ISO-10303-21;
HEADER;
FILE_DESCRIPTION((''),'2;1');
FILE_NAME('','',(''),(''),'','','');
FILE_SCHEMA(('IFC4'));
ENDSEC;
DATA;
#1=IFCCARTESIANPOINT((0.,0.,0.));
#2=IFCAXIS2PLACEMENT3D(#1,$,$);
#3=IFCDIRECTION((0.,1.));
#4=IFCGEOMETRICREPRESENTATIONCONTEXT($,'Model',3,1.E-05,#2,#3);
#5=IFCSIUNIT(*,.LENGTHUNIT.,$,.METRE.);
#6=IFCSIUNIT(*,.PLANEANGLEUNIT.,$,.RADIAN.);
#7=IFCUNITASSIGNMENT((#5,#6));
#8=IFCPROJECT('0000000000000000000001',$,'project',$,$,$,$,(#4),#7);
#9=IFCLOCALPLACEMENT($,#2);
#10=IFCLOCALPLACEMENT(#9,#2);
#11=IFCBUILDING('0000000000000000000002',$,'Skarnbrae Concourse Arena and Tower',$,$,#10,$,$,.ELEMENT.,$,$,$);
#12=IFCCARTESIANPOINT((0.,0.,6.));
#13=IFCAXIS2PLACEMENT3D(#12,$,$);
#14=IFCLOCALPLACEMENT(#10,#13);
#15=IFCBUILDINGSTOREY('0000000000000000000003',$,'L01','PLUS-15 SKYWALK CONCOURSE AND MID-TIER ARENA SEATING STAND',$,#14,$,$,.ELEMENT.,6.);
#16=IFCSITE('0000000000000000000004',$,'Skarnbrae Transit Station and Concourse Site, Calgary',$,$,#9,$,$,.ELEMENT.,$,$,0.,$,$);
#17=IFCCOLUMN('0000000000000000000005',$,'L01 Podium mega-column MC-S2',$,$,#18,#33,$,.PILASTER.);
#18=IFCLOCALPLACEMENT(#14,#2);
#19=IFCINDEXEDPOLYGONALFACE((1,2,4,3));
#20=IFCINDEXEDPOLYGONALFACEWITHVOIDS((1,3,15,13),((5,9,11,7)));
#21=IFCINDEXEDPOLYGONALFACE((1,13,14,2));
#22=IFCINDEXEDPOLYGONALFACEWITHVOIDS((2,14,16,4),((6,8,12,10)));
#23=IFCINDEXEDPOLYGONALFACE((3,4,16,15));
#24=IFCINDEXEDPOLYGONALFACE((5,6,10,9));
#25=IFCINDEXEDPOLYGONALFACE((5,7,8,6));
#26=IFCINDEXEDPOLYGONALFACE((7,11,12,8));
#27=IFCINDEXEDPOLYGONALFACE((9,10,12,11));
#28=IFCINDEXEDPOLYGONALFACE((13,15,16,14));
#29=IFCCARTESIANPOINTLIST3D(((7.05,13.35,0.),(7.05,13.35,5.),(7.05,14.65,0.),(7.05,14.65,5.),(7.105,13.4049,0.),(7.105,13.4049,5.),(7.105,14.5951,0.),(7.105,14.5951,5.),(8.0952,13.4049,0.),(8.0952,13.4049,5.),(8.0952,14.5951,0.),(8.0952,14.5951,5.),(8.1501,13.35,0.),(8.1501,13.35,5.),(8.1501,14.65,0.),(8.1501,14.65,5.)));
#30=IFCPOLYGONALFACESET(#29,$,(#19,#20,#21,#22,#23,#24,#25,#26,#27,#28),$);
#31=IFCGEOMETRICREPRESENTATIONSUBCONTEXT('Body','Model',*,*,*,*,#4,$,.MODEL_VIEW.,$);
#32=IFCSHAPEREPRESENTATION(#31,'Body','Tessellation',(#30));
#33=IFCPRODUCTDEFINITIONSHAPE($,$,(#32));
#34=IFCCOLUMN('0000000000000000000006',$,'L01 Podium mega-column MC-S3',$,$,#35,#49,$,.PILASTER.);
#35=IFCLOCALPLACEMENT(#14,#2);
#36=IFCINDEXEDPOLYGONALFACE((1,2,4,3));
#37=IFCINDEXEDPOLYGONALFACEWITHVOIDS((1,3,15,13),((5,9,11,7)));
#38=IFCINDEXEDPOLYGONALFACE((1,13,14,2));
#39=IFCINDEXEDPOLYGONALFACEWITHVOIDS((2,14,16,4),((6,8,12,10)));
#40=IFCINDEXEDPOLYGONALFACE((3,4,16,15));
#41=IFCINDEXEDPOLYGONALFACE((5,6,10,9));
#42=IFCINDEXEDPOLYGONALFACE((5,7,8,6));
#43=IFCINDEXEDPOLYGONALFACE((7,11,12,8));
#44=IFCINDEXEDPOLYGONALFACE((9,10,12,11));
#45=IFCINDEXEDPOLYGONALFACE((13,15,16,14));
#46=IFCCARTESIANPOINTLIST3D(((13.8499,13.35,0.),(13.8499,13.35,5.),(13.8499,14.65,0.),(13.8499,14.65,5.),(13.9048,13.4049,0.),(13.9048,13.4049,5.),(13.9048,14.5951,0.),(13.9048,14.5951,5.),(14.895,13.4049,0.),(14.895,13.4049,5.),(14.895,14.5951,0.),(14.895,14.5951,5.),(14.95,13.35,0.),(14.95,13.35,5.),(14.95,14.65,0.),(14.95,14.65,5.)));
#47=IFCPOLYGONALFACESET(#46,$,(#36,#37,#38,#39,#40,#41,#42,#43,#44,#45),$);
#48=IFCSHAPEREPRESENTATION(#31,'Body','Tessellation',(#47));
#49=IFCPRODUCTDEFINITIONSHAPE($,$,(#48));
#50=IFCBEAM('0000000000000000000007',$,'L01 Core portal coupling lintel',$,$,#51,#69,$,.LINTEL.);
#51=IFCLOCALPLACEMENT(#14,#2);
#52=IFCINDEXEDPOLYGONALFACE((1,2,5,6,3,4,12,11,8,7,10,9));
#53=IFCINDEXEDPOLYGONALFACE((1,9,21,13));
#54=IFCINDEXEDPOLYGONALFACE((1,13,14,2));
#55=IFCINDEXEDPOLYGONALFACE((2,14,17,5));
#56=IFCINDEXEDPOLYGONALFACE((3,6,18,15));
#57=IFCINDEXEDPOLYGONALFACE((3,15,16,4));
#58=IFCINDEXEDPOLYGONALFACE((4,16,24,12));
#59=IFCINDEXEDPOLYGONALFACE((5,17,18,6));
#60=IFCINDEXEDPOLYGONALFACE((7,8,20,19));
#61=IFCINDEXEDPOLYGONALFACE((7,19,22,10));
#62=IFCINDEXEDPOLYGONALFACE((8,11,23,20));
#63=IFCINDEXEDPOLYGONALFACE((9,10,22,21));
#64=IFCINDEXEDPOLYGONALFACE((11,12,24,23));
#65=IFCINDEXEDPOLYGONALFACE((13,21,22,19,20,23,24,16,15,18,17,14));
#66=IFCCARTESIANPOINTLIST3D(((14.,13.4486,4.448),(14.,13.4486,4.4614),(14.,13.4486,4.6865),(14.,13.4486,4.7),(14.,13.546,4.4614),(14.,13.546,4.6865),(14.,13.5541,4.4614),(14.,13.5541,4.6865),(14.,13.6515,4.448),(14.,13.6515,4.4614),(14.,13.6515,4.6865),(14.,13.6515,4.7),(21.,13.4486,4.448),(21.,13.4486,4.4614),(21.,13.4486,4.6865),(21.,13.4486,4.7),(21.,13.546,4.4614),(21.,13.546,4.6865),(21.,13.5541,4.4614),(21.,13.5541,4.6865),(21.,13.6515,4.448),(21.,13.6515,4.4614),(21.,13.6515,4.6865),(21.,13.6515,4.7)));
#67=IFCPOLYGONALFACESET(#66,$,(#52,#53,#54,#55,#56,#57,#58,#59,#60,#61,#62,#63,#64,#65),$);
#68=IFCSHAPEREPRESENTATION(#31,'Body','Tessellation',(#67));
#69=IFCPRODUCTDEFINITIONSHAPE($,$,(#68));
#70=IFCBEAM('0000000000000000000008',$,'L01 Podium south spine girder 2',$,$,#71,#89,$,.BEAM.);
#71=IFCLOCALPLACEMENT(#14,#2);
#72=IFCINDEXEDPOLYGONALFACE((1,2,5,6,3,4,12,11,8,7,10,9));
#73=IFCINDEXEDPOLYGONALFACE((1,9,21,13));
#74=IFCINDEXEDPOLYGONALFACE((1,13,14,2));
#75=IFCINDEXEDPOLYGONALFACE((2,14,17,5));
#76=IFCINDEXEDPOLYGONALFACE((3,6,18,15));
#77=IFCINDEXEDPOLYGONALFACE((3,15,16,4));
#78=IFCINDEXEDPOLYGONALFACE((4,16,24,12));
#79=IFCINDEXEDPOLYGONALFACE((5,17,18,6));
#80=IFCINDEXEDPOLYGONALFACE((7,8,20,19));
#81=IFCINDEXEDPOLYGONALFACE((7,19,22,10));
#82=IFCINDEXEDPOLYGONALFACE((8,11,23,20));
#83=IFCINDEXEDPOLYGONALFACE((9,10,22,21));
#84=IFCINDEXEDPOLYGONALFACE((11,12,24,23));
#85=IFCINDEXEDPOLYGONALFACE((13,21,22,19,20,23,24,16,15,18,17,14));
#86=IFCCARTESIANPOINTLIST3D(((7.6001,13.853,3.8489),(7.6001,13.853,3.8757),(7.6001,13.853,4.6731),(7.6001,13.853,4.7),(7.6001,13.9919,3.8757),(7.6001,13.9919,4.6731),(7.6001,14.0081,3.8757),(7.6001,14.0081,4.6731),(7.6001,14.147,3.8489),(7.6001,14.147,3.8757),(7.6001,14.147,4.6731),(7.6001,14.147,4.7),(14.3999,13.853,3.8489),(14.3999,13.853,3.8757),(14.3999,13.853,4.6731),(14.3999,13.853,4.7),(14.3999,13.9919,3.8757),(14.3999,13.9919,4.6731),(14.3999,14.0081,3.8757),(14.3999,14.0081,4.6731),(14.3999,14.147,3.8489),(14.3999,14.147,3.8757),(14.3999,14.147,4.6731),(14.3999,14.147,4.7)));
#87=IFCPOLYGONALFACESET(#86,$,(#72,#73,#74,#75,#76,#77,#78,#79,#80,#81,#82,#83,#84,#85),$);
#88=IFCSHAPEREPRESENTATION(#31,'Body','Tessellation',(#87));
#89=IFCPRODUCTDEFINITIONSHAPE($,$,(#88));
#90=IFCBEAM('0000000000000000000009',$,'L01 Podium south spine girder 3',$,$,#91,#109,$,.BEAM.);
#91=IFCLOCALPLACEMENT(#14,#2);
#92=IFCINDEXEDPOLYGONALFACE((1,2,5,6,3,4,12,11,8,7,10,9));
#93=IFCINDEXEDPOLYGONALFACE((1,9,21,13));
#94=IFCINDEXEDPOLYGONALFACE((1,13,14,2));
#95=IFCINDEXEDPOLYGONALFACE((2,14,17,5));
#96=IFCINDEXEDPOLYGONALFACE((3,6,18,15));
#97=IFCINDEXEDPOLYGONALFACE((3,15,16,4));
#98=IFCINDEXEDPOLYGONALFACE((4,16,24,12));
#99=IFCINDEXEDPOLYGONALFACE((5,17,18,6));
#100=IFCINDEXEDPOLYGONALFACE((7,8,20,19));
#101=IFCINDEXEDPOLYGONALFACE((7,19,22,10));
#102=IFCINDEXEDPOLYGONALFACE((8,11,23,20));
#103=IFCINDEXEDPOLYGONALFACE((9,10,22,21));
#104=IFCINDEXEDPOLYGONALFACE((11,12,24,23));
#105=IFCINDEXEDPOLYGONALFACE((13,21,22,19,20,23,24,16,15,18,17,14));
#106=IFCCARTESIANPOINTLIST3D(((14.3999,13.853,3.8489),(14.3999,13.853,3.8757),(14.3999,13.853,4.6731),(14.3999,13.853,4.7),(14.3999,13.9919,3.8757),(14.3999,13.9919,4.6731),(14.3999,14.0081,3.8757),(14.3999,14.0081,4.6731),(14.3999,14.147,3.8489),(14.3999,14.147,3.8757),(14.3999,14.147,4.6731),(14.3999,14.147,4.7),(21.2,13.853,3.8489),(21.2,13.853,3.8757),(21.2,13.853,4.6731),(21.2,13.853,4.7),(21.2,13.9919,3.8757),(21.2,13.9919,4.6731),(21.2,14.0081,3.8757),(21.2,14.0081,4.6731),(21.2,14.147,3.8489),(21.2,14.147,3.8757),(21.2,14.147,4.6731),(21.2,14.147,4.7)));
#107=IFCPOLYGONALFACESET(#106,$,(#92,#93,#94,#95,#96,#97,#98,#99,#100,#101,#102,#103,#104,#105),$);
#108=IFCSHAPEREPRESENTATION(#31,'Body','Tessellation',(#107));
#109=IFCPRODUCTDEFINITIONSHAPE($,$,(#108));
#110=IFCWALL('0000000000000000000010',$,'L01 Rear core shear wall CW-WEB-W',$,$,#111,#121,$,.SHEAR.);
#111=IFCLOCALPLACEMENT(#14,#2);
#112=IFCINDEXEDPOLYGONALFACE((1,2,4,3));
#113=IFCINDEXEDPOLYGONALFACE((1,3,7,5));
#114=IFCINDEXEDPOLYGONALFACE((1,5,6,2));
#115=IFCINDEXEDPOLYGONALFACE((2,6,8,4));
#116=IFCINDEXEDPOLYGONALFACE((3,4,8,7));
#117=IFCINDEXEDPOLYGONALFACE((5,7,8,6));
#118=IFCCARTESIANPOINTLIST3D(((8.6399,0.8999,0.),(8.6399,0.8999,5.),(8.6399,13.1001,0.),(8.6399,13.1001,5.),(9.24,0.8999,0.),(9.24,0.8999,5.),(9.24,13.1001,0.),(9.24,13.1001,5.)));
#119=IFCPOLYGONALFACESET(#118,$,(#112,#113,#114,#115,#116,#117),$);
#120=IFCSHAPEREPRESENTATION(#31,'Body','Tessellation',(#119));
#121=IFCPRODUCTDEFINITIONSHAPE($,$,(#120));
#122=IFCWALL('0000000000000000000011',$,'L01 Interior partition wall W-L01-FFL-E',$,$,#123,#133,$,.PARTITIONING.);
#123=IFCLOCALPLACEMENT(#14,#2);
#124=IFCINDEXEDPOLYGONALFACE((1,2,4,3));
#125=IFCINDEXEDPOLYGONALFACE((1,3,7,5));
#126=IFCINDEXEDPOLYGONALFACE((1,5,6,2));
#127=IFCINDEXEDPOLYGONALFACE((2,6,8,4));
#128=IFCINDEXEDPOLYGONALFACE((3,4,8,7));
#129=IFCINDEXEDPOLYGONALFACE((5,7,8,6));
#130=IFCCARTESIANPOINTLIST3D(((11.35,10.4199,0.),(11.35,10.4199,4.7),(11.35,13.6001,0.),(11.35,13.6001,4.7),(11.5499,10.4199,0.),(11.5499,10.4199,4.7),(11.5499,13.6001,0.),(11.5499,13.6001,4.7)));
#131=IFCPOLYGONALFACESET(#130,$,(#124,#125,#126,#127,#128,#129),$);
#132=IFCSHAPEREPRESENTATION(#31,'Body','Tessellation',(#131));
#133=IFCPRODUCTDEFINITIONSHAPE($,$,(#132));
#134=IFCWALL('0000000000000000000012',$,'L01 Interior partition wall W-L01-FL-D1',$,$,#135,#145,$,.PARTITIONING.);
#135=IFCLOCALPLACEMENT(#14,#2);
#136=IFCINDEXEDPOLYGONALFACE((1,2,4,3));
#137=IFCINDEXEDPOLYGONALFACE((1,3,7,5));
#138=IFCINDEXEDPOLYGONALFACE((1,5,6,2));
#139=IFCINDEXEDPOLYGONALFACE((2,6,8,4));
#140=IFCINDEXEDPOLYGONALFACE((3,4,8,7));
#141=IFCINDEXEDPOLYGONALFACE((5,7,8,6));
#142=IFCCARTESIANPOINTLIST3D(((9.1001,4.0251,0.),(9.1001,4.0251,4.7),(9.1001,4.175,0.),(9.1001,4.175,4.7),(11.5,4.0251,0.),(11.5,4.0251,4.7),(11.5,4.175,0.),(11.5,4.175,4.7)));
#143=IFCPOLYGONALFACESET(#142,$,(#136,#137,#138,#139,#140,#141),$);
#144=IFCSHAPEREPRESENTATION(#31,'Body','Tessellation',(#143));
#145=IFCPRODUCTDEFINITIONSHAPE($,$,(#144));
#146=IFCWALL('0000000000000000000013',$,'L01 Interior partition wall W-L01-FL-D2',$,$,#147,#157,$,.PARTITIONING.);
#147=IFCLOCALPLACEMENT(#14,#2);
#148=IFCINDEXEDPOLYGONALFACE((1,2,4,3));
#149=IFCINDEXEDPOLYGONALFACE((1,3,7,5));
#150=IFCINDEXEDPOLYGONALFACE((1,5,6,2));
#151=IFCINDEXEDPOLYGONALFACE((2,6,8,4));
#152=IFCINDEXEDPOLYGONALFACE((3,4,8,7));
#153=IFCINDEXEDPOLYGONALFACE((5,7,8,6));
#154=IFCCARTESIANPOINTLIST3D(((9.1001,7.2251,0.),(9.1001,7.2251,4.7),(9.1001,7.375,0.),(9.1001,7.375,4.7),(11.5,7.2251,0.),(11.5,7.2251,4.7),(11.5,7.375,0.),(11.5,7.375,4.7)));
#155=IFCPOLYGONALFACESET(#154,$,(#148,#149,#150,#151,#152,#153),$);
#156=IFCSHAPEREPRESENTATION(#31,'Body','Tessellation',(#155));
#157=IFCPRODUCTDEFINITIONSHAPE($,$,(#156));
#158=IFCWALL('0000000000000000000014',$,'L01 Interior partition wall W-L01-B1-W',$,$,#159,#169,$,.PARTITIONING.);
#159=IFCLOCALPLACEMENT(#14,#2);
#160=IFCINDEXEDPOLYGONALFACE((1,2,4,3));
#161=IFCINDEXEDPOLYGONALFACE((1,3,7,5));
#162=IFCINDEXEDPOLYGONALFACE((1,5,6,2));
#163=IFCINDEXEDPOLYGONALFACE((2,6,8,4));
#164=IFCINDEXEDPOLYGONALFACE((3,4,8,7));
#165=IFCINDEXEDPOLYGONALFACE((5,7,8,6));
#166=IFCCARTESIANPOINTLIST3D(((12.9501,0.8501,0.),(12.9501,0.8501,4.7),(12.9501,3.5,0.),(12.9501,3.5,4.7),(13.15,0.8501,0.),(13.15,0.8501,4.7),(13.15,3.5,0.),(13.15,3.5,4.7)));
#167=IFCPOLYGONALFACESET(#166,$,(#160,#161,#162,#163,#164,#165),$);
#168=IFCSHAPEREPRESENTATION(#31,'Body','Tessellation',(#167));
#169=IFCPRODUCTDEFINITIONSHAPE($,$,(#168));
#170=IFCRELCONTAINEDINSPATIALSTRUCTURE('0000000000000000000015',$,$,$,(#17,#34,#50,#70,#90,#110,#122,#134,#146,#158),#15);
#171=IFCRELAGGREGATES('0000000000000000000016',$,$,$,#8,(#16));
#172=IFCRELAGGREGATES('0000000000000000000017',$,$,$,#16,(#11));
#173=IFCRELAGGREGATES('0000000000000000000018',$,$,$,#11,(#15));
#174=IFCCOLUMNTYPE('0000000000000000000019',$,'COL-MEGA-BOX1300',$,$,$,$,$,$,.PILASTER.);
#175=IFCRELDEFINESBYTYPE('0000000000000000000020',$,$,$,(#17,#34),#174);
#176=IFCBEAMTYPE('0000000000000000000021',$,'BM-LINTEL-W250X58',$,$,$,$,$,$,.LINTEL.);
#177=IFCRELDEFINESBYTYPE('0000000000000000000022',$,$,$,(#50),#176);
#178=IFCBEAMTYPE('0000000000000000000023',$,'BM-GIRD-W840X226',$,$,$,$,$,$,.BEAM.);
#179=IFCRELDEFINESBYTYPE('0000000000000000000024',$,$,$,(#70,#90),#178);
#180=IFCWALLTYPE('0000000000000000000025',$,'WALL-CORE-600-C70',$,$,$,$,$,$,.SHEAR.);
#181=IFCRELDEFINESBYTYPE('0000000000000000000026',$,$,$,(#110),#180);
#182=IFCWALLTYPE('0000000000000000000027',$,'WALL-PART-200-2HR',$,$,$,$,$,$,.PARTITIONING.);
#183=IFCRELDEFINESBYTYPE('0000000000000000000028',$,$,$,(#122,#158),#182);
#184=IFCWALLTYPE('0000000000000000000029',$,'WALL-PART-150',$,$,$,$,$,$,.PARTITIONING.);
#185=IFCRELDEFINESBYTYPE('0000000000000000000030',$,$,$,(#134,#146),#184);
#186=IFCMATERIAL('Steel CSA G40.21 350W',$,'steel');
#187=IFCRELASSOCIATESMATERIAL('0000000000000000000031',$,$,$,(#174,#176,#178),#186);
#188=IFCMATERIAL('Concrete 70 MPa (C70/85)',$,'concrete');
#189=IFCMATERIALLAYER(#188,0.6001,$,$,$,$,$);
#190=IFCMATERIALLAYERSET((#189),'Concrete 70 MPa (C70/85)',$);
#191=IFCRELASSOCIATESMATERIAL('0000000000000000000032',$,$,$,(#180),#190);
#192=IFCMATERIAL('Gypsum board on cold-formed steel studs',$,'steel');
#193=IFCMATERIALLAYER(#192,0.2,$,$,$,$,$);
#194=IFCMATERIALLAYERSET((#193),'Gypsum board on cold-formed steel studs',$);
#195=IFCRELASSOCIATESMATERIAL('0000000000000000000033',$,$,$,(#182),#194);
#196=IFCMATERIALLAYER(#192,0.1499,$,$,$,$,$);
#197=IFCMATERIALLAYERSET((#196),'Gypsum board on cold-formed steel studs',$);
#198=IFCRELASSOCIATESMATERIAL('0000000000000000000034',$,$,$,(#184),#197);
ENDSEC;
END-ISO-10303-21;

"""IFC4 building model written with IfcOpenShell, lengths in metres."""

from ifc_helpers import new_model, si_unit, direction, frame, frame_2d, origin, origin_2d, place, context, subcontext, project, spatial, rectangle, hollow_rectangle, i_section, extrude, source, transform, mapped, material, layer, layer_set, material_profile, profile_set, type_object, element, save


model = new_model("IFC4")

# Units and contexts
model_context = context("Model", 3, precision=1e-05, world=origin(), true_north=direction((0.0, 1.0)))
body_context = subcontext(model_context, "Body", "Model", "MODEL_VIEW")
ifc_project = project(units=[si_unit("LENGTHUNIT", "METRE"), si_unit("PLANEANGLEUNIT", "RADIAN")], contexts=[model_context])

# Site, building, storey
site_placement = place(None, origin())
site = spatial("IfcSite", under=ifc_project, at=site_placement, Name="Skarnbrae Transit Station and Concourse Site, Calgary", CompositionType="ELEMENT", RefElevation=0.0)
building_placement = place(site_placement, origin())
building = spatial("IfcBuilding", under=site, at=building_placement, Name="Skarnbrae Concourse Arena and Tower", CompositionType="ELEMENT")
storey_placement = place(building_placement, frame((0.0, 0.0, 6.0)))
storey = spatial("IfcBuildingStorey", under=building, at=storey_placement, Name="L01", Description="PLUS-15 SKYWALK CONCOURSE AND MID-TIER ARENA SEATING STAND", CompositionType="ELEMENT", Elevation=6.0)

# Columns
ifc_material_1 = material(Name="Steel CSA G40.21 350W", Category="steel")
ifc_material_profile_1 = material_profile(ifc_material_1, hollow_rectangle(XDim=1.1001, YDim=1.3, WallThickness=0.0549, at=origin_2d()), Name="BOX1300X1100X55")
ifc_profile_set_1 = profile_set([ifc_material_profile_1], Name="Steel CSA G40.21 350W")
column_type = type_object("IfcColumnType", Name="COL-MEGA-BOX1300", PredefinedType="PILASTER", material=ifc_profile_set_1)
shared_shape_1 = source(origin(), body_context, "Body", "SweptSolid", [
    extrude(hollow_rectangle(XDim=1.1001, YDim=1.3, WallThickness=0.0549, at=origin_2d()), origin(), (0.0, 0.0, 1.0), 5.0),
])
for number, where, z_axis, x_axis, name in (
    (1, (7.6001, 14.0, 0.0), (0.0, 0.0, 1.0), (1.0, 0.0, 0.0), "L01 Podium mega-column MC-S2"),
    (2, (14.3999, 14.0, 0.0), (0.0, 0.0, 1.0), (1.0, 0.0, 0.0), "L01 Podium mega-column MC-S3"),
):
    element("IfcColumn", number, at=place(storey_placement, frame(where, z_axis=z_axis, x_axis=x_axis)), inside=storey, type_object=column_type, Name=name, PredefinedType="PILASTER", context=body_context, shape_type="MappedRepresentation", body=[
        mapped(shared_shape_1, transform((0.0, 0.0, 0.0))),
    ])

# Beams
ifc_material_profile_2 = material_profile(ifc_material_1, i_section(OverallWidth=0.2029, OverallDepth=0.252, WebThickness=0.0081, FlangeThickness=0.0134, at=origin_2d()), Name="W250X58")
ifc_profile_set_2 = profile_set([ifc_material_profile_2], Name="Steel CSA G40.21 350W")
beam_type_1 = type_object("IfcBeamType", Name="BM-LINTEL-W250X58", PredefinedType="LINTEL", material=ifc_profile_set_2)
shared_shape_2 = source(origin(), body_context, "Body", "SweptSolid", [
    extrude(i_section(OverallWidth=0.2029, OverallDepth=0.252, WebThickness=0.0081, FlangeThickness=0.0134, at=origin_2d()), origin(), (0.0, 0.0, 1.0), 7.0),
])
beam_1_placement = place(storey_placement, frame((14.0, 13.55, 4.574), z_axis=(1.0, 0.0, 0.0), x_axis=(0.0, 1.0, 0.0)))
element("IfcBeam", 3, at=beam_1_placement, inside=storey, type_object=beam_type_1, Name="L01 Core portal coupling lintel", PredefinedType="LINTEL", context=body_context, shape_type="MappedRepresentation", body=[
    mapped(shared_shape_2, transform((0.0, 0.0, 0.0))),
])
ifc_material_profile_3 = material_profile(ifc_material_1, i_section(OverallWidth=0.2939, OverallDepth=0.8511, WebThickness=0.0161, FlangeThickness=0.0269, at=origin_2d()), Name="W840X226")
ifc_profile_set_3 = profile_set([ifc_material_profile_3], Name="Steel CSA G40.21 350W")
beam_type_2 = type_object("IfcBeamType", Name="BM-GIRD-W840X226", PredefinedType="BEAM", material=ifc_profile_set_3)
shared_shape_3 = source(origin(), body_context, "Body", "SweptSolid", [
    extrude(i_section(OverallWidth=0.2939, OverallDepth=0.8511, WebThickness=0.0161, FlangeThickness=0.0269, at=origin_2d()), origin(), (0.0, 0.0, 1.0), 6.7998),
])
beam_2_placement = place(storey_placement, frame((7.6001, 14.0, 4.2744), z_axis=(1.0, 0.0, 0.0), x_axis=(0.0, 1.0, 0.0)))
element("IfcBeam", 4, at=beam_2_placement, inside=storey, type_object=beam_type_2, Name="L01 Podium south spine girder 2", PredefinedType="BEAM", context=body_context, shape_type="MappedRepresentation", body=[
    mapped(shared_shape_3, transform((0.0, 0.0, 0.0))),
])
shared_shape_4 = source(origin(), body_context, "Body", "SweptSolid", [
    extrude(i_section(OverallWidth=0.2939, OverallDepth=0.8511, WebThickness=0.0161, FlangeThickness=0.0269, at=origin_2d()), origin(), (0.0, 0.0, 1.0), 6.8),
])
beam_3_placement = place(storey_placement, frame((14.3999, 14.0, 4.2744), z_axis=(1.0, 0.0, 0.0), x_axis=(0.0, 1.0, 0.0)))
element("IfcBeam", 5, at=beam_3_placement, inside=storey, type_object=beam_type_2, Name="L01 Podium south spine girder 3", PredefinedType="BEAM", context=body_context, shape_type="MappedRepresentation", body=[
    mapped(shared_shape_4, transform((0.0, 0.0, 0.0))),
])

# Walls
ifc_material_2 = material(Name="Concrete 70 MPa (C70/85)", Category="concrete")
ifc_layer_1 = layer(ifc_material_2, 0.6001)
ifc_layer_set_1 = layer_set([ifc_layer_1], Name="Concrete 70 MPa (C70/85)")
wall_type_1 = type_object("IfcWallType", Name="WALL-CORE-600-C70", PredefinedType="SHEAR", material=ifc_layer_set_1)
shared_shape_5 = source(origin(), body_context, "Body", "SweptSolid", [
    extrude(rectangle(XDim=12.2002, YDim=0.6001, at=frame_2d((6.1001, 0.0))), origin(), (0.0, 0.0, 1.0), 5.0),
])
wall_1_placement = place(storey_placement, frame((8.9399, 0.8999, 0.0), z_axis=(0.0, 0.0, 1.0), x_axis=(0.0, 1.0, 0.0)))
element("IfcWall", 6, at=wall_1_placement, inside=storey, type_object=wall_type_1, Name="L01 Rear core shear wall CW-WEB-W", PredefinedType="SHEAR", context=body_context, shape_type="MappedRepresentation", body=[
    mapped(shared_shape_5, transform((0.0, 0.0, 0.0))),
])
ifc_material_3 = material(Name="Gypsum board on cold-formed steel studs", Category="steel")
ifc_layer_2 = layer(ifc_material_3, 0.2)
ifc_layer_set_2 = layer_set([ifc_layer_2], Name="Gypsum board on cold-formed steel studs")
wall_type_2 = type_object("IfcWallType", Name="WALL-PART-200-2HR", PredefinedType="PARTITIONING", material=ifc_layer_set_2)
shared_shape_6 = source(origin(), body_context, "Body", "SweptSolid", [
    extrude(rectangle(XDim=3.1802, YDim=0.2, at=frame_2d((1.5901, 0.0))), origin(), (0.0, 0.0, 1.0), 4.7),
])
wall_2_placement = place(storey_placement, frame((11.45, 10.4199, 0.0), z_axis=(0.0, 0.0, 1.0), x_axis=(0.0, 1.0, 0.0)))
element("IfcWall", 7, at=wall_2_placement, inside=storey, type_object=wall_type_2, Name="L01 Interior partition wall W-L01-FFL-E", PredefinedType="PARTITIONING", context=body_context, shape_type="MappedRepresentation", body=[
    mapped(shared_shape_6, transform((0.0, 0.0, 0.0))),
])

# Walls
ifc_layer_3 = layer(ifc_material_3, 0.1499)
ifc_layer_set_3 = layer_set([ifc_layer_3], Name="Gypsum board on cold-formed steel studs")
wall_type_3 = type_object("IfcWallType", Name="WALL-PART-150", PredefinedType="PARTITIONING", material=ifc_layer_set_3)
shared_shape_7 = source(origin(), body_context, "Body", "SweptSolid", [
    extrude(rectangle(XDim=2.3999, YDim=0.1499, at=frame_2d((1.2, 0.0))), origin(), (0.0, 0.0, 1.0), 4.7),
])
for number, where, z_axis, x_axis, name in (
    (8, (9.1001, 4.1001, 0.0), (0.0, 0.0, 1.0), (1.0, 0.0, 0.0), "L01 Interior partition wall W-L01-FL-D1"),
    (9, (9.1001, 7.3, 0.0), (0.0, 0.0, 1.0), (1.0, 0.0, 0.0), "L01 Interior partition wall W-L01-FL-D2"),
):
    element("IfcWall", number, at=place(storey_placement, frame(where, z_axis=z_axis, x_axis=x_axis)), inside=storey, type_object=wall_type_3, Name=name, PredefinedType="PARTITIONING", context=body_context, shape_type="MappedRepresentation", body=[
        mapped(shared_shape_7, transform((0.0, 0.0, 0.0))),
    ])
shared_shape_8 = source(origin(), body_context, "Body", "SweptSolid", [
    extrude(rectangle(XDim=2.6499, YDim=0.2, at=frame_2d((1.325, 0.0))), origin(), (0.0, 0.0, 1.0), 4.7),
])
wall_3_placement = place(storey_placement, frame((13.05, 0.8501, 0.0), z_axis=(0.0, 0.0, 1.0), x_axis=(0.0, 1.0, 0.0)))
element("IfcWall", 10, at=wall_3_placement, inside=storey, type_object=wall_type_2, Name="L01 Interior partition wall W-L01-B1-W", PredefinedType="PARTITIONING", context=body_context, shape_type="MappedRepresentation", body=[
    mapped(shared_shape_8, transform((0.0, 0.0, 0.0))),
])

save(model, "model.ifc")
